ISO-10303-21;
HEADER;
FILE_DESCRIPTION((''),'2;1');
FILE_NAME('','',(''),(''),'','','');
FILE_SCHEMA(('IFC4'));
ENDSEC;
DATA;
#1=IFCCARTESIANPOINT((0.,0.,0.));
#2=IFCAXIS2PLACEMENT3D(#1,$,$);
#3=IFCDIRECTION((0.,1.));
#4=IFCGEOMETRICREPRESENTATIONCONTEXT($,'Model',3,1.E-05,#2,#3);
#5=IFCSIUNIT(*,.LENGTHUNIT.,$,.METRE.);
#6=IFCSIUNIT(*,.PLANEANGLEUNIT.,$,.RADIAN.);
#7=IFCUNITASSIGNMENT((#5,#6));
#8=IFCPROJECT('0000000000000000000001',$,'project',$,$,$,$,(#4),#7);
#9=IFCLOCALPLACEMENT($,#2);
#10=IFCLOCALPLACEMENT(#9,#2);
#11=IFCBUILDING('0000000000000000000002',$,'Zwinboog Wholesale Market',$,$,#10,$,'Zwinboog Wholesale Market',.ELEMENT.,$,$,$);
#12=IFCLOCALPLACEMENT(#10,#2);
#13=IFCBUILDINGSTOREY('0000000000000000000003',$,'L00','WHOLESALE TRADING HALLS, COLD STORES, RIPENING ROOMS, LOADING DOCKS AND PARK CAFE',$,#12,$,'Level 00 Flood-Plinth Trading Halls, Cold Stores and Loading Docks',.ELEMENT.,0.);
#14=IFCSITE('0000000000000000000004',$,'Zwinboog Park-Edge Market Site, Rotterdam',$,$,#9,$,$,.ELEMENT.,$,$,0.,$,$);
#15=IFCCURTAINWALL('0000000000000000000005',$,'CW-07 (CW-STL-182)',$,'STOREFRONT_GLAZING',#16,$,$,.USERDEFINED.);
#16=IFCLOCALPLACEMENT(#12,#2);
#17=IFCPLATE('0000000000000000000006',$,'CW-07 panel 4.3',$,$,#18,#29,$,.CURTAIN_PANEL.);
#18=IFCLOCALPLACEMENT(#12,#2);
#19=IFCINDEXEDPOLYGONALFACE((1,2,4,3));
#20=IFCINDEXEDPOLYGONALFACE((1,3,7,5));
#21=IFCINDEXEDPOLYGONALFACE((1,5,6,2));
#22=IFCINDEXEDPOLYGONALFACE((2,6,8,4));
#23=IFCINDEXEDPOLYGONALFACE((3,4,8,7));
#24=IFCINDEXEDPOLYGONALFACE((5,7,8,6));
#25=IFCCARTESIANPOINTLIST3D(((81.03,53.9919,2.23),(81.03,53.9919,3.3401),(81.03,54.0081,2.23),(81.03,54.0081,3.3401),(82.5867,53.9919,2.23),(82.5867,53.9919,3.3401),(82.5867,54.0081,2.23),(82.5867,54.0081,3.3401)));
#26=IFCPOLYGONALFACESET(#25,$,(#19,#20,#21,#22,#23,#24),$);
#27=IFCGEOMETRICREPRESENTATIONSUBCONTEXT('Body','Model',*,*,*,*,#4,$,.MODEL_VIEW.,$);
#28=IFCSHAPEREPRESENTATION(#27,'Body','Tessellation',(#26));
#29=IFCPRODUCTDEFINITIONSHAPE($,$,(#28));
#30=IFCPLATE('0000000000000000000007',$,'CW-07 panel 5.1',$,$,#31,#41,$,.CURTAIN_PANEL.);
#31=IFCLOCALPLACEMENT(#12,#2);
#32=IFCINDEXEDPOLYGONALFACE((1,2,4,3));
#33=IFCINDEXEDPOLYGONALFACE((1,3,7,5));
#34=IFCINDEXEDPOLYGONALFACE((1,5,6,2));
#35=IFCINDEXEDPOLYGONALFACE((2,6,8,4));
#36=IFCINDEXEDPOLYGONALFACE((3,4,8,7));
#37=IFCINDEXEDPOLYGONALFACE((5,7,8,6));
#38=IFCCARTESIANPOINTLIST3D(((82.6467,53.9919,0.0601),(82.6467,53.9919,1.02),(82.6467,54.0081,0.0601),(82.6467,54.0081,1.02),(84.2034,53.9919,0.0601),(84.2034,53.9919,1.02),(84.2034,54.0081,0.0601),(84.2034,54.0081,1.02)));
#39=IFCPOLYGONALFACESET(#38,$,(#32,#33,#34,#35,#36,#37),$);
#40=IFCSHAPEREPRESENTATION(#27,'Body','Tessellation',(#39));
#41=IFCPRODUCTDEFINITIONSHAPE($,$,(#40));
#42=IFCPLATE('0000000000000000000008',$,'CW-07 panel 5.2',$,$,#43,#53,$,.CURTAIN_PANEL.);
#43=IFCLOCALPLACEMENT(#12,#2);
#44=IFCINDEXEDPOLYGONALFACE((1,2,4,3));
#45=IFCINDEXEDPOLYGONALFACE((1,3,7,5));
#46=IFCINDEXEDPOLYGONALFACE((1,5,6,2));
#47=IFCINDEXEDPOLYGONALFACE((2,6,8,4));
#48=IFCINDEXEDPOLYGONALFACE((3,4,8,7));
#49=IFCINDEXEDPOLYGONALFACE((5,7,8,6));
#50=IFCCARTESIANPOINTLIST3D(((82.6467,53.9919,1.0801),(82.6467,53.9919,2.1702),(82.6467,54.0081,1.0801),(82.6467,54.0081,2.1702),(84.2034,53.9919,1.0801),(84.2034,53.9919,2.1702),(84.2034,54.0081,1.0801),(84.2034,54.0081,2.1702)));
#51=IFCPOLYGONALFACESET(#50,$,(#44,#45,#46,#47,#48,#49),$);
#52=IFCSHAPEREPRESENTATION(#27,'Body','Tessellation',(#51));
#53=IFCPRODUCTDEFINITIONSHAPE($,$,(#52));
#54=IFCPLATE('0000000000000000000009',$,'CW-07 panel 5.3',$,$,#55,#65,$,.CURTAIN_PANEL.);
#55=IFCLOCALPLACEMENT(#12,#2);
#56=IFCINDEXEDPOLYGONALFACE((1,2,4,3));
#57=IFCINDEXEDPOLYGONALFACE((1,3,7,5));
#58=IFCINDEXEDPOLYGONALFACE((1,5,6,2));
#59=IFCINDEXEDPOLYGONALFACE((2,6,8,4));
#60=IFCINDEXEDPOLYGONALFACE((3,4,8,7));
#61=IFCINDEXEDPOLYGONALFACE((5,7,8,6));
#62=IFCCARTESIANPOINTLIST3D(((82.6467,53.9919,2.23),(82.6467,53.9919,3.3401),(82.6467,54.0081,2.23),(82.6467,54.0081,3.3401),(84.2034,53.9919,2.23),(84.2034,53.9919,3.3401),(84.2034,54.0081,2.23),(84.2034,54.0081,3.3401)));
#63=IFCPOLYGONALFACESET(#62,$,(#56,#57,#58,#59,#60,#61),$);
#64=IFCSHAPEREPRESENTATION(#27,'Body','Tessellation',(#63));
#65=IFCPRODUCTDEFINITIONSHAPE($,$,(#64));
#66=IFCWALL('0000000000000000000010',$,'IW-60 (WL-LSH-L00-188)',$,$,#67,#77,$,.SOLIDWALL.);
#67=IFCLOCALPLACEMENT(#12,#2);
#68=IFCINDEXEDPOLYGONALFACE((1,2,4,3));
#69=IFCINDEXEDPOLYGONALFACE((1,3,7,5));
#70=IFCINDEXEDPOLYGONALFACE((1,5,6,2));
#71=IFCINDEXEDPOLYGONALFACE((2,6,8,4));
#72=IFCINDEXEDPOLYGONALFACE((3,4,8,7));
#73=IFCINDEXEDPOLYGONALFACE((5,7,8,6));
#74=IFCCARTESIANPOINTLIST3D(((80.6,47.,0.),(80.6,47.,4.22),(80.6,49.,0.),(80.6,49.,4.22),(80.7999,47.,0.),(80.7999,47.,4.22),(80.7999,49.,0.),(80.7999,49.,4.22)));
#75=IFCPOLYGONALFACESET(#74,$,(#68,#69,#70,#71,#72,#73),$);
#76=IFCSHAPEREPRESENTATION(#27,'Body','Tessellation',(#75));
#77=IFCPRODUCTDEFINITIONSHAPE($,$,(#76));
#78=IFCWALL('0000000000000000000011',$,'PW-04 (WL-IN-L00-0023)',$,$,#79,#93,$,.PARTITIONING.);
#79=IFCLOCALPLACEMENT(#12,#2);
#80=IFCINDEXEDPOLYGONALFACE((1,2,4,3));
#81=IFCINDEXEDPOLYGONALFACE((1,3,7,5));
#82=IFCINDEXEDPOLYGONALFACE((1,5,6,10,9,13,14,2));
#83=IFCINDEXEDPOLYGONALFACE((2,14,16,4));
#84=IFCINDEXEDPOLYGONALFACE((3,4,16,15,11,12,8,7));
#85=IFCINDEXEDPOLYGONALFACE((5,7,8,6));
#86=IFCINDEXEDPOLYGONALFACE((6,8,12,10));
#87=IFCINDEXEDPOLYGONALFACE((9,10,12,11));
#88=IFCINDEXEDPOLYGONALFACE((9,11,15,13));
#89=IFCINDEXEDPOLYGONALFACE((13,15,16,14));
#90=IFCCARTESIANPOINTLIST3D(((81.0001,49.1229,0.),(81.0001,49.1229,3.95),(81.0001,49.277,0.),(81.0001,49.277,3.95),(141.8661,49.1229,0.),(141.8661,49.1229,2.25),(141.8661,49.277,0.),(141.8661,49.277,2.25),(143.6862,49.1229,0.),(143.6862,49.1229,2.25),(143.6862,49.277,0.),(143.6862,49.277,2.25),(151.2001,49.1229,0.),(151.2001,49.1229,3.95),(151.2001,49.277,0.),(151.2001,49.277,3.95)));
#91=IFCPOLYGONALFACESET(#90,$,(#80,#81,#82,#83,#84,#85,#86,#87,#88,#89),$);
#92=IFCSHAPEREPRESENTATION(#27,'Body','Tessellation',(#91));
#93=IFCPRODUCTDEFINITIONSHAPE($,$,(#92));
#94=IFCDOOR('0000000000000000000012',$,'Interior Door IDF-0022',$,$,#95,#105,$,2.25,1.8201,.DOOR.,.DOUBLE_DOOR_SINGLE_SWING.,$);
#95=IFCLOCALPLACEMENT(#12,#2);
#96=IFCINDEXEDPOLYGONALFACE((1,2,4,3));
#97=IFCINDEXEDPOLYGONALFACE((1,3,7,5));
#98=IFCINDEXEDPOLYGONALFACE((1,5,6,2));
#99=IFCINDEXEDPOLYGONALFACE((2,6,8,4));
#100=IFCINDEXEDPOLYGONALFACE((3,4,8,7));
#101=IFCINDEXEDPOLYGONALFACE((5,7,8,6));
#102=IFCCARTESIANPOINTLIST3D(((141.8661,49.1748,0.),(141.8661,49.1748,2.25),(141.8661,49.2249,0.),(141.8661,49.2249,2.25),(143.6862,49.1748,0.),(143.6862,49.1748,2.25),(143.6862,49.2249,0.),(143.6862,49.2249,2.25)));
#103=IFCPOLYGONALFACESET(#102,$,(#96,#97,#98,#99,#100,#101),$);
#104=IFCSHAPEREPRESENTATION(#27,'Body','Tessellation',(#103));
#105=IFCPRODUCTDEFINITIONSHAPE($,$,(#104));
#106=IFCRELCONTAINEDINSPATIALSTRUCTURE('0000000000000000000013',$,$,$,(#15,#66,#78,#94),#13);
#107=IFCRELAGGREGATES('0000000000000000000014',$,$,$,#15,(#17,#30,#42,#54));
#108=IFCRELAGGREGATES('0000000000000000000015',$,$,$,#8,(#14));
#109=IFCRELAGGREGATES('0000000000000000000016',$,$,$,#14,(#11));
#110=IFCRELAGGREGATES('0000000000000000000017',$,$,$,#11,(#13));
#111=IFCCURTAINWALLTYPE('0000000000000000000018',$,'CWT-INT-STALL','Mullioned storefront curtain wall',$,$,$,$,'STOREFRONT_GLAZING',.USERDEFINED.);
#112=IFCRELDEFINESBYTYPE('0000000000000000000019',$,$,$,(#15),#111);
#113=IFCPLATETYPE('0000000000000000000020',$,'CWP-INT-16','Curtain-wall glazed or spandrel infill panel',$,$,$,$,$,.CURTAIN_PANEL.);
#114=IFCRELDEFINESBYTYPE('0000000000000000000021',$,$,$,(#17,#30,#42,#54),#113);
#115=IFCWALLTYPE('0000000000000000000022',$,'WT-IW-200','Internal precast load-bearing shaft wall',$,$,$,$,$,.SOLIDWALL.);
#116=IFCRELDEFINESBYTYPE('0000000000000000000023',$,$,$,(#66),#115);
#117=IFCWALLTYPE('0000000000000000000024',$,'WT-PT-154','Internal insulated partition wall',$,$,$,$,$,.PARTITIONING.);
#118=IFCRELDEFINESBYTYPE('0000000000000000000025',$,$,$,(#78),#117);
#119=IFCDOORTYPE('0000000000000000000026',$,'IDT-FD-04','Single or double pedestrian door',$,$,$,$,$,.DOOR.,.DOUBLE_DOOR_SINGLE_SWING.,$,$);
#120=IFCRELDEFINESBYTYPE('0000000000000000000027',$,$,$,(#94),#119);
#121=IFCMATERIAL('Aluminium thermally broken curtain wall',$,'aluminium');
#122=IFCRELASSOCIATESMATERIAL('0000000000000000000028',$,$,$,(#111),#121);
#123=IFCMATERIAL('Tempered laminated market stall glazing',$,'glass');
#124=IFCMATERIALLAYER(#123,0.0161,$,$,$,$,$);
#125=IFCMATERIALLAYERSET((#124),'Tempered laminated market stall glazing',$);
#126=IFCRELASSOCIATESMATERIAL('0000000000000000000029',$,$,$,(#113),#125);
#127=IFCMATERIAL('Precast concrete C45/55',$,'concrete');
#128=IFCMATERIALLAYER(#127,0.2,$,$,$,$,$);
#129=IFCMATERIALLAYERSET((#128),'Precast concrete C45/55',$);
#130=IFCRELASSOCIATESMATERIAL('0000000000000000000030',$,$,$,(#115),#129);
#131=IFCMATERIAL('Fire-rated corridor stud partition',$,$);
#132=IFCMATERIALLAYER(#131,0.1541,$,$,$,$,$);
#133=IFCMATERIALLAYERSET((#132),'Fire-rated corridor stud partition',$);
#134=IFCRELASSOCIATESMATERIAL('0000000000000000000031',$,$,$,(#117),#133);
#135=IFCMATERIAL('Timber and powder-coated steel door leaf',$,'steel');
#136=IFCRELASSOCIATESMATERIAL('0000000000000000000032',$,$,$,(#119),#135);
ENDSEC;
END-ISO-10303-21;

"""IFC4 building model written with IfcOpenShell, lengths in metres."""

from ifc_helpers import new_model, si_unit, direction, frame, frame_2d, origin, origin_2d, place, context, subcontext, project, spatial, rectangle, extrude, material, layer, layer_set, type_object, element, fill, aggregate, save


model = new_model("IFC4")

# Units and contexts
model_context = context("Model", 3, precision=1e-05, world=origin(), true_north=direction((0.0, 1.0)))
body_context = subcontext(model_context, "Body", "Model", "MODEL_VIEW")
ifc_project = project(units=[si_unit("LENGTHUNIT", "METRE"), si_unit("PLANEANGLEUNIT", "RADIAN")], contexts=[model_context])

# Site, building, storey
site_placement = place(None, origin())
site = spatial("IfcSite", under=ifc_project, at=site_placement, Name="Zwinboog Park-Edge Market Site, Rotterdam", CompositionType="ELEMENT", RefElevation=0.0)
building_placement = place(site_placement, origin())
building = spatial("IfcBuilding", under=site, at=building_placement, Name="Zwinboog Wholesale Market", LongName="Zwinboog Wholesale Market", CompositionType="ELEMENT")
storey_placement = place(building_placement, origin())
storey = spatial("IfcBuildingStorey", under=building, at=storey_placement, Name="L00", Description="WHOLESALE TRADING HALLS, COLD STORES, RIPENING ROOMS, LOADING DOCKS AND PARK CAFE", LongName="Level 00 Flood-Plinth Trading Halls, Cold Stores and Loading Docks", CompositionType="ELEMENT", Elevation=0.0)

# Curtain wall, plates
ifc_material_1 = material(Name="Aluminium thermally broken curtain wall", Category="aluminium")
curtain_wall_type = type_object("IfcCurtainWallType", Name="CWT-INT-STALL", Description="Mullioned storefront curtain wall", ElementType="STOREFRONT_GLAZING", PredefinedType="USERDEFINED", material=ifc_material_1)
curtain_wall_placement = place(storey_placement, origin())
curtain_wall = element("IfcCurtainWall", 1, at=curtain_wall_placement, inside=storey, type_object=curtain_wall_type, Name="CW-07 (CW-STL-182)", ObjectType="STOREFRONT_GLAZING", PredefinedType="USERDEFINED")
ifc_material_2 = material(Name="Tempered laminated market stall glazing", Category="glass")
ifc_layer_1 = layer(ifc_material_2, 0.0161)
ifc_layer_set_1 = layer_set([ifc_layer_1], Name="Tempered laminated market stall glazing")
plate_type = type_object("IfcPlateType", Name="CWP-INT-16", Description="Curtain-wall glazed or spandrel infill panel", PredefinedType="CURTAIN_PANEL", material=ifc_layer_set_1)
plate_1_placement = place(storey_placement, frame((81.8083, 54.0, 2.23), z_axis=(0.0, 0.0, 1.0), x_axis=(1.0, 0.0, 0.0)))
plate_1 = element("IfcPlate", 2, at=plate_1_placement, type_object=plate_type, Name="CW-07 panel 4.3", PredefinedType="CURTAIN_PANEL", context=body_context, shape_type="SweptSolid", body=[
    extrude(rectangle(XDim=1.5566, YDim=0.0161, at=origin_2d()), origin(), (0.0, 0.0, 1.0), 1.1101),
])
plate_2_placement = place(storey_placement, frame((83.425, 54.0, 0.0601), z_axis=(0.0, 0.0, 1.0), x_axis=(1.0, 0.0, 0.0)))
plate_2 = element("IfcPlate", 3, at=plate_2_placement, type_object=plate_type, Name="CW-07 panel 5.1", PredefinedType="CURTAIN_PANEL", context=body_context, shape_type="SweptSolid", body=[
    extrude(rectangle(XDim=1.5566, YDim=0.0161, at=origin_2d()), origin(), (0.0, 0.0, 1.0), 0.96),
])
plate_3_placement = place(storey_placement, frame((83.425, 54.0, 1.0801), z_axis=(0.0, 0.0, 1.0), x_axis=(1.0, 0.0, 0.0)))
plate_3 = element("IfcPlate", 4, at=plate_3_placement, type_object=plate_type, Name="CW-07 panel 5.2", PredefinedType="CURTAIN_PANEL", context=body_context, shape_type="SweptSolid", body=[
    extrude(rectangle(XDim=1.5566, YDim=0.0161, at=origin_2d()), origin(), (0.0, 0.0, 1.0), 1.0901),
])
plate_4_placement = place(storey_placement, frame((83.425, 54.0, 2.23), z_axis=(0.0, 0.0, 1.0), x_axis=(1.0, 0.0, 0.0)))
plate_4 = element("IfcPlate", 5, at=plate_4_placement, type_object=plate_type, Name="CW-07 panel 5.3", PredefinedType="CURTAIN_PANEL", context=body_context, shape_type="SweptSolid", body=[
    extrude(rectangle(XDim=1.5566, YDim=0.0161, at=origin_2d()), origin(), (0.0, 0.0, 1.0), 1.1101),
])
aggregate(curtain_wall, [plate_1, plate_2, plate_3, plate_4])

# Wall
ifc_material_3 = material(Name="Precast concrete C45/55", Category="concrete")
ifc_layer_2 = layer(ifc_material_3, 0.2)
ifc_layer_set_2 = layer_set([ifc_layer_2], Name="Precast concrete C45/55")
wall_type_1 = type_object("IfcWallType", Name="WT-IW-200", Description="Internal precast load-bearing shaft wall", PredefinedType="SOLIDWALL", material=ifc_layer_set_2)
wall_1_placement = place(storey_placement, frame((80.7, 47.0, 0.0), z_axis=(0.0, 0.0, 1.0), x_axis=(0.0, 1.0, 0.0)))
element("IfcWall", 6, at=wall_1_placement, inside=storey, type_object=wall_type_1, Name="IW-60 (WL-LSH-L00-188)", PredefinedType="SOLIDWALL", context=body_context, shape_type="SweptSolid", body=[
    extrude(rectangle(XDim=2.0, YDim=0.2, at=frame_2d((1.0, 0.0))), origin(), (0.0, 0.0, 1.0), 4.22),
])

# Wall, opening, door
ifc_material_4 = material(Name="Fire-rated corridor stud partition")
ifc_layer_3 = layer(ifc_material_4, 0.1541)
ifc_layer_set_3 = layer_set([ifc_layer_3], Name="Fire-rated corridor stud partition")
wall_type_2 = type_object("IfcWallType", Name="WT-PT-154", Description="Internal insulated partition wall", PredefinedType="PARTITIONING", material=ifc_layer_set_3)
wall_2_placement = place(storey_placement, frame((81.0, 49.2, 0.0), z_axis=(0.0, 0.0, 1.0), x_axis=(1.0, 0.0, 0.0)))
wall_2 = element("IfcWall", 7, at=wall_2_placement, inside=storey, type_object=wall_type_2, Name="PW-04 (WL-IN-L00-0023)", PredefinedType="PARTITIONING", context=body_context, shape_type="SweptSolid", body=[
    extrude(rectangle(XDim=70.2, YDim=0.1541, at=frame_2d((35.1001, 0.0))), origin(), (0.0, 0.0, 1.0), 3.95),
])
opening_placement = place(wall_2_placement, frame((60.866, 0.0, 0.0)))
opening = element("IfcOpeningElement", 8, at=opening_placement, cuts=wall_2, PredefinedType="OPENING", context=body_context, shape_type="SweptSolid", body=[
    extrude(rectangle(XDim=1.8201, YDim=2.25, at=frame_2d((0.9102, 1.125))), frame((0.0, 0.0869, 0.0), z_axis=(0.0, -1.0, 0.0), x_axis=(1.0, 0.0, 0.0)), (0.0, 0.0, 1.0), 0.1741),
])
ifc_material_5 = material(Name="Timber and powder-coated steel door leaf", Category="steel")
door_type = type_object("IfcDoorType", Name="IDT-FD-04", Description="Single or double pedestrian door", OperationType="DOUBLE_DOOR_SINGLE_SWING", PredefinedType="DOOR", material=ifc_material_5)
door_placement = place(opening_placement, origin())
door = element("IfcDoor", 9, at=door_placement, inside=storey, type_object=door_type, Name="Interior Door IDF-0022", OperationType="DOUBLE_DOOR_SINGLE_SWING", OverallHeight=2.25, OverallWidth=1.8201, PredefinedType="DOOR", context=body_context, shape_type="SweptSolid", body=[
    extrude(rectangle(XDim=1.8201, YDim=2.25, at=frame_2d((0.9102, 1.125))), frame((0.0, 0.0249, 0.0), z_axis=(0.0, -1.0, 0.0), x_axis=(1.0, 0.0, 0.0)), (0.0, 0.0, 1.0), 0.05),
])
fill(opening, door)

save(model, "model.ifc")
